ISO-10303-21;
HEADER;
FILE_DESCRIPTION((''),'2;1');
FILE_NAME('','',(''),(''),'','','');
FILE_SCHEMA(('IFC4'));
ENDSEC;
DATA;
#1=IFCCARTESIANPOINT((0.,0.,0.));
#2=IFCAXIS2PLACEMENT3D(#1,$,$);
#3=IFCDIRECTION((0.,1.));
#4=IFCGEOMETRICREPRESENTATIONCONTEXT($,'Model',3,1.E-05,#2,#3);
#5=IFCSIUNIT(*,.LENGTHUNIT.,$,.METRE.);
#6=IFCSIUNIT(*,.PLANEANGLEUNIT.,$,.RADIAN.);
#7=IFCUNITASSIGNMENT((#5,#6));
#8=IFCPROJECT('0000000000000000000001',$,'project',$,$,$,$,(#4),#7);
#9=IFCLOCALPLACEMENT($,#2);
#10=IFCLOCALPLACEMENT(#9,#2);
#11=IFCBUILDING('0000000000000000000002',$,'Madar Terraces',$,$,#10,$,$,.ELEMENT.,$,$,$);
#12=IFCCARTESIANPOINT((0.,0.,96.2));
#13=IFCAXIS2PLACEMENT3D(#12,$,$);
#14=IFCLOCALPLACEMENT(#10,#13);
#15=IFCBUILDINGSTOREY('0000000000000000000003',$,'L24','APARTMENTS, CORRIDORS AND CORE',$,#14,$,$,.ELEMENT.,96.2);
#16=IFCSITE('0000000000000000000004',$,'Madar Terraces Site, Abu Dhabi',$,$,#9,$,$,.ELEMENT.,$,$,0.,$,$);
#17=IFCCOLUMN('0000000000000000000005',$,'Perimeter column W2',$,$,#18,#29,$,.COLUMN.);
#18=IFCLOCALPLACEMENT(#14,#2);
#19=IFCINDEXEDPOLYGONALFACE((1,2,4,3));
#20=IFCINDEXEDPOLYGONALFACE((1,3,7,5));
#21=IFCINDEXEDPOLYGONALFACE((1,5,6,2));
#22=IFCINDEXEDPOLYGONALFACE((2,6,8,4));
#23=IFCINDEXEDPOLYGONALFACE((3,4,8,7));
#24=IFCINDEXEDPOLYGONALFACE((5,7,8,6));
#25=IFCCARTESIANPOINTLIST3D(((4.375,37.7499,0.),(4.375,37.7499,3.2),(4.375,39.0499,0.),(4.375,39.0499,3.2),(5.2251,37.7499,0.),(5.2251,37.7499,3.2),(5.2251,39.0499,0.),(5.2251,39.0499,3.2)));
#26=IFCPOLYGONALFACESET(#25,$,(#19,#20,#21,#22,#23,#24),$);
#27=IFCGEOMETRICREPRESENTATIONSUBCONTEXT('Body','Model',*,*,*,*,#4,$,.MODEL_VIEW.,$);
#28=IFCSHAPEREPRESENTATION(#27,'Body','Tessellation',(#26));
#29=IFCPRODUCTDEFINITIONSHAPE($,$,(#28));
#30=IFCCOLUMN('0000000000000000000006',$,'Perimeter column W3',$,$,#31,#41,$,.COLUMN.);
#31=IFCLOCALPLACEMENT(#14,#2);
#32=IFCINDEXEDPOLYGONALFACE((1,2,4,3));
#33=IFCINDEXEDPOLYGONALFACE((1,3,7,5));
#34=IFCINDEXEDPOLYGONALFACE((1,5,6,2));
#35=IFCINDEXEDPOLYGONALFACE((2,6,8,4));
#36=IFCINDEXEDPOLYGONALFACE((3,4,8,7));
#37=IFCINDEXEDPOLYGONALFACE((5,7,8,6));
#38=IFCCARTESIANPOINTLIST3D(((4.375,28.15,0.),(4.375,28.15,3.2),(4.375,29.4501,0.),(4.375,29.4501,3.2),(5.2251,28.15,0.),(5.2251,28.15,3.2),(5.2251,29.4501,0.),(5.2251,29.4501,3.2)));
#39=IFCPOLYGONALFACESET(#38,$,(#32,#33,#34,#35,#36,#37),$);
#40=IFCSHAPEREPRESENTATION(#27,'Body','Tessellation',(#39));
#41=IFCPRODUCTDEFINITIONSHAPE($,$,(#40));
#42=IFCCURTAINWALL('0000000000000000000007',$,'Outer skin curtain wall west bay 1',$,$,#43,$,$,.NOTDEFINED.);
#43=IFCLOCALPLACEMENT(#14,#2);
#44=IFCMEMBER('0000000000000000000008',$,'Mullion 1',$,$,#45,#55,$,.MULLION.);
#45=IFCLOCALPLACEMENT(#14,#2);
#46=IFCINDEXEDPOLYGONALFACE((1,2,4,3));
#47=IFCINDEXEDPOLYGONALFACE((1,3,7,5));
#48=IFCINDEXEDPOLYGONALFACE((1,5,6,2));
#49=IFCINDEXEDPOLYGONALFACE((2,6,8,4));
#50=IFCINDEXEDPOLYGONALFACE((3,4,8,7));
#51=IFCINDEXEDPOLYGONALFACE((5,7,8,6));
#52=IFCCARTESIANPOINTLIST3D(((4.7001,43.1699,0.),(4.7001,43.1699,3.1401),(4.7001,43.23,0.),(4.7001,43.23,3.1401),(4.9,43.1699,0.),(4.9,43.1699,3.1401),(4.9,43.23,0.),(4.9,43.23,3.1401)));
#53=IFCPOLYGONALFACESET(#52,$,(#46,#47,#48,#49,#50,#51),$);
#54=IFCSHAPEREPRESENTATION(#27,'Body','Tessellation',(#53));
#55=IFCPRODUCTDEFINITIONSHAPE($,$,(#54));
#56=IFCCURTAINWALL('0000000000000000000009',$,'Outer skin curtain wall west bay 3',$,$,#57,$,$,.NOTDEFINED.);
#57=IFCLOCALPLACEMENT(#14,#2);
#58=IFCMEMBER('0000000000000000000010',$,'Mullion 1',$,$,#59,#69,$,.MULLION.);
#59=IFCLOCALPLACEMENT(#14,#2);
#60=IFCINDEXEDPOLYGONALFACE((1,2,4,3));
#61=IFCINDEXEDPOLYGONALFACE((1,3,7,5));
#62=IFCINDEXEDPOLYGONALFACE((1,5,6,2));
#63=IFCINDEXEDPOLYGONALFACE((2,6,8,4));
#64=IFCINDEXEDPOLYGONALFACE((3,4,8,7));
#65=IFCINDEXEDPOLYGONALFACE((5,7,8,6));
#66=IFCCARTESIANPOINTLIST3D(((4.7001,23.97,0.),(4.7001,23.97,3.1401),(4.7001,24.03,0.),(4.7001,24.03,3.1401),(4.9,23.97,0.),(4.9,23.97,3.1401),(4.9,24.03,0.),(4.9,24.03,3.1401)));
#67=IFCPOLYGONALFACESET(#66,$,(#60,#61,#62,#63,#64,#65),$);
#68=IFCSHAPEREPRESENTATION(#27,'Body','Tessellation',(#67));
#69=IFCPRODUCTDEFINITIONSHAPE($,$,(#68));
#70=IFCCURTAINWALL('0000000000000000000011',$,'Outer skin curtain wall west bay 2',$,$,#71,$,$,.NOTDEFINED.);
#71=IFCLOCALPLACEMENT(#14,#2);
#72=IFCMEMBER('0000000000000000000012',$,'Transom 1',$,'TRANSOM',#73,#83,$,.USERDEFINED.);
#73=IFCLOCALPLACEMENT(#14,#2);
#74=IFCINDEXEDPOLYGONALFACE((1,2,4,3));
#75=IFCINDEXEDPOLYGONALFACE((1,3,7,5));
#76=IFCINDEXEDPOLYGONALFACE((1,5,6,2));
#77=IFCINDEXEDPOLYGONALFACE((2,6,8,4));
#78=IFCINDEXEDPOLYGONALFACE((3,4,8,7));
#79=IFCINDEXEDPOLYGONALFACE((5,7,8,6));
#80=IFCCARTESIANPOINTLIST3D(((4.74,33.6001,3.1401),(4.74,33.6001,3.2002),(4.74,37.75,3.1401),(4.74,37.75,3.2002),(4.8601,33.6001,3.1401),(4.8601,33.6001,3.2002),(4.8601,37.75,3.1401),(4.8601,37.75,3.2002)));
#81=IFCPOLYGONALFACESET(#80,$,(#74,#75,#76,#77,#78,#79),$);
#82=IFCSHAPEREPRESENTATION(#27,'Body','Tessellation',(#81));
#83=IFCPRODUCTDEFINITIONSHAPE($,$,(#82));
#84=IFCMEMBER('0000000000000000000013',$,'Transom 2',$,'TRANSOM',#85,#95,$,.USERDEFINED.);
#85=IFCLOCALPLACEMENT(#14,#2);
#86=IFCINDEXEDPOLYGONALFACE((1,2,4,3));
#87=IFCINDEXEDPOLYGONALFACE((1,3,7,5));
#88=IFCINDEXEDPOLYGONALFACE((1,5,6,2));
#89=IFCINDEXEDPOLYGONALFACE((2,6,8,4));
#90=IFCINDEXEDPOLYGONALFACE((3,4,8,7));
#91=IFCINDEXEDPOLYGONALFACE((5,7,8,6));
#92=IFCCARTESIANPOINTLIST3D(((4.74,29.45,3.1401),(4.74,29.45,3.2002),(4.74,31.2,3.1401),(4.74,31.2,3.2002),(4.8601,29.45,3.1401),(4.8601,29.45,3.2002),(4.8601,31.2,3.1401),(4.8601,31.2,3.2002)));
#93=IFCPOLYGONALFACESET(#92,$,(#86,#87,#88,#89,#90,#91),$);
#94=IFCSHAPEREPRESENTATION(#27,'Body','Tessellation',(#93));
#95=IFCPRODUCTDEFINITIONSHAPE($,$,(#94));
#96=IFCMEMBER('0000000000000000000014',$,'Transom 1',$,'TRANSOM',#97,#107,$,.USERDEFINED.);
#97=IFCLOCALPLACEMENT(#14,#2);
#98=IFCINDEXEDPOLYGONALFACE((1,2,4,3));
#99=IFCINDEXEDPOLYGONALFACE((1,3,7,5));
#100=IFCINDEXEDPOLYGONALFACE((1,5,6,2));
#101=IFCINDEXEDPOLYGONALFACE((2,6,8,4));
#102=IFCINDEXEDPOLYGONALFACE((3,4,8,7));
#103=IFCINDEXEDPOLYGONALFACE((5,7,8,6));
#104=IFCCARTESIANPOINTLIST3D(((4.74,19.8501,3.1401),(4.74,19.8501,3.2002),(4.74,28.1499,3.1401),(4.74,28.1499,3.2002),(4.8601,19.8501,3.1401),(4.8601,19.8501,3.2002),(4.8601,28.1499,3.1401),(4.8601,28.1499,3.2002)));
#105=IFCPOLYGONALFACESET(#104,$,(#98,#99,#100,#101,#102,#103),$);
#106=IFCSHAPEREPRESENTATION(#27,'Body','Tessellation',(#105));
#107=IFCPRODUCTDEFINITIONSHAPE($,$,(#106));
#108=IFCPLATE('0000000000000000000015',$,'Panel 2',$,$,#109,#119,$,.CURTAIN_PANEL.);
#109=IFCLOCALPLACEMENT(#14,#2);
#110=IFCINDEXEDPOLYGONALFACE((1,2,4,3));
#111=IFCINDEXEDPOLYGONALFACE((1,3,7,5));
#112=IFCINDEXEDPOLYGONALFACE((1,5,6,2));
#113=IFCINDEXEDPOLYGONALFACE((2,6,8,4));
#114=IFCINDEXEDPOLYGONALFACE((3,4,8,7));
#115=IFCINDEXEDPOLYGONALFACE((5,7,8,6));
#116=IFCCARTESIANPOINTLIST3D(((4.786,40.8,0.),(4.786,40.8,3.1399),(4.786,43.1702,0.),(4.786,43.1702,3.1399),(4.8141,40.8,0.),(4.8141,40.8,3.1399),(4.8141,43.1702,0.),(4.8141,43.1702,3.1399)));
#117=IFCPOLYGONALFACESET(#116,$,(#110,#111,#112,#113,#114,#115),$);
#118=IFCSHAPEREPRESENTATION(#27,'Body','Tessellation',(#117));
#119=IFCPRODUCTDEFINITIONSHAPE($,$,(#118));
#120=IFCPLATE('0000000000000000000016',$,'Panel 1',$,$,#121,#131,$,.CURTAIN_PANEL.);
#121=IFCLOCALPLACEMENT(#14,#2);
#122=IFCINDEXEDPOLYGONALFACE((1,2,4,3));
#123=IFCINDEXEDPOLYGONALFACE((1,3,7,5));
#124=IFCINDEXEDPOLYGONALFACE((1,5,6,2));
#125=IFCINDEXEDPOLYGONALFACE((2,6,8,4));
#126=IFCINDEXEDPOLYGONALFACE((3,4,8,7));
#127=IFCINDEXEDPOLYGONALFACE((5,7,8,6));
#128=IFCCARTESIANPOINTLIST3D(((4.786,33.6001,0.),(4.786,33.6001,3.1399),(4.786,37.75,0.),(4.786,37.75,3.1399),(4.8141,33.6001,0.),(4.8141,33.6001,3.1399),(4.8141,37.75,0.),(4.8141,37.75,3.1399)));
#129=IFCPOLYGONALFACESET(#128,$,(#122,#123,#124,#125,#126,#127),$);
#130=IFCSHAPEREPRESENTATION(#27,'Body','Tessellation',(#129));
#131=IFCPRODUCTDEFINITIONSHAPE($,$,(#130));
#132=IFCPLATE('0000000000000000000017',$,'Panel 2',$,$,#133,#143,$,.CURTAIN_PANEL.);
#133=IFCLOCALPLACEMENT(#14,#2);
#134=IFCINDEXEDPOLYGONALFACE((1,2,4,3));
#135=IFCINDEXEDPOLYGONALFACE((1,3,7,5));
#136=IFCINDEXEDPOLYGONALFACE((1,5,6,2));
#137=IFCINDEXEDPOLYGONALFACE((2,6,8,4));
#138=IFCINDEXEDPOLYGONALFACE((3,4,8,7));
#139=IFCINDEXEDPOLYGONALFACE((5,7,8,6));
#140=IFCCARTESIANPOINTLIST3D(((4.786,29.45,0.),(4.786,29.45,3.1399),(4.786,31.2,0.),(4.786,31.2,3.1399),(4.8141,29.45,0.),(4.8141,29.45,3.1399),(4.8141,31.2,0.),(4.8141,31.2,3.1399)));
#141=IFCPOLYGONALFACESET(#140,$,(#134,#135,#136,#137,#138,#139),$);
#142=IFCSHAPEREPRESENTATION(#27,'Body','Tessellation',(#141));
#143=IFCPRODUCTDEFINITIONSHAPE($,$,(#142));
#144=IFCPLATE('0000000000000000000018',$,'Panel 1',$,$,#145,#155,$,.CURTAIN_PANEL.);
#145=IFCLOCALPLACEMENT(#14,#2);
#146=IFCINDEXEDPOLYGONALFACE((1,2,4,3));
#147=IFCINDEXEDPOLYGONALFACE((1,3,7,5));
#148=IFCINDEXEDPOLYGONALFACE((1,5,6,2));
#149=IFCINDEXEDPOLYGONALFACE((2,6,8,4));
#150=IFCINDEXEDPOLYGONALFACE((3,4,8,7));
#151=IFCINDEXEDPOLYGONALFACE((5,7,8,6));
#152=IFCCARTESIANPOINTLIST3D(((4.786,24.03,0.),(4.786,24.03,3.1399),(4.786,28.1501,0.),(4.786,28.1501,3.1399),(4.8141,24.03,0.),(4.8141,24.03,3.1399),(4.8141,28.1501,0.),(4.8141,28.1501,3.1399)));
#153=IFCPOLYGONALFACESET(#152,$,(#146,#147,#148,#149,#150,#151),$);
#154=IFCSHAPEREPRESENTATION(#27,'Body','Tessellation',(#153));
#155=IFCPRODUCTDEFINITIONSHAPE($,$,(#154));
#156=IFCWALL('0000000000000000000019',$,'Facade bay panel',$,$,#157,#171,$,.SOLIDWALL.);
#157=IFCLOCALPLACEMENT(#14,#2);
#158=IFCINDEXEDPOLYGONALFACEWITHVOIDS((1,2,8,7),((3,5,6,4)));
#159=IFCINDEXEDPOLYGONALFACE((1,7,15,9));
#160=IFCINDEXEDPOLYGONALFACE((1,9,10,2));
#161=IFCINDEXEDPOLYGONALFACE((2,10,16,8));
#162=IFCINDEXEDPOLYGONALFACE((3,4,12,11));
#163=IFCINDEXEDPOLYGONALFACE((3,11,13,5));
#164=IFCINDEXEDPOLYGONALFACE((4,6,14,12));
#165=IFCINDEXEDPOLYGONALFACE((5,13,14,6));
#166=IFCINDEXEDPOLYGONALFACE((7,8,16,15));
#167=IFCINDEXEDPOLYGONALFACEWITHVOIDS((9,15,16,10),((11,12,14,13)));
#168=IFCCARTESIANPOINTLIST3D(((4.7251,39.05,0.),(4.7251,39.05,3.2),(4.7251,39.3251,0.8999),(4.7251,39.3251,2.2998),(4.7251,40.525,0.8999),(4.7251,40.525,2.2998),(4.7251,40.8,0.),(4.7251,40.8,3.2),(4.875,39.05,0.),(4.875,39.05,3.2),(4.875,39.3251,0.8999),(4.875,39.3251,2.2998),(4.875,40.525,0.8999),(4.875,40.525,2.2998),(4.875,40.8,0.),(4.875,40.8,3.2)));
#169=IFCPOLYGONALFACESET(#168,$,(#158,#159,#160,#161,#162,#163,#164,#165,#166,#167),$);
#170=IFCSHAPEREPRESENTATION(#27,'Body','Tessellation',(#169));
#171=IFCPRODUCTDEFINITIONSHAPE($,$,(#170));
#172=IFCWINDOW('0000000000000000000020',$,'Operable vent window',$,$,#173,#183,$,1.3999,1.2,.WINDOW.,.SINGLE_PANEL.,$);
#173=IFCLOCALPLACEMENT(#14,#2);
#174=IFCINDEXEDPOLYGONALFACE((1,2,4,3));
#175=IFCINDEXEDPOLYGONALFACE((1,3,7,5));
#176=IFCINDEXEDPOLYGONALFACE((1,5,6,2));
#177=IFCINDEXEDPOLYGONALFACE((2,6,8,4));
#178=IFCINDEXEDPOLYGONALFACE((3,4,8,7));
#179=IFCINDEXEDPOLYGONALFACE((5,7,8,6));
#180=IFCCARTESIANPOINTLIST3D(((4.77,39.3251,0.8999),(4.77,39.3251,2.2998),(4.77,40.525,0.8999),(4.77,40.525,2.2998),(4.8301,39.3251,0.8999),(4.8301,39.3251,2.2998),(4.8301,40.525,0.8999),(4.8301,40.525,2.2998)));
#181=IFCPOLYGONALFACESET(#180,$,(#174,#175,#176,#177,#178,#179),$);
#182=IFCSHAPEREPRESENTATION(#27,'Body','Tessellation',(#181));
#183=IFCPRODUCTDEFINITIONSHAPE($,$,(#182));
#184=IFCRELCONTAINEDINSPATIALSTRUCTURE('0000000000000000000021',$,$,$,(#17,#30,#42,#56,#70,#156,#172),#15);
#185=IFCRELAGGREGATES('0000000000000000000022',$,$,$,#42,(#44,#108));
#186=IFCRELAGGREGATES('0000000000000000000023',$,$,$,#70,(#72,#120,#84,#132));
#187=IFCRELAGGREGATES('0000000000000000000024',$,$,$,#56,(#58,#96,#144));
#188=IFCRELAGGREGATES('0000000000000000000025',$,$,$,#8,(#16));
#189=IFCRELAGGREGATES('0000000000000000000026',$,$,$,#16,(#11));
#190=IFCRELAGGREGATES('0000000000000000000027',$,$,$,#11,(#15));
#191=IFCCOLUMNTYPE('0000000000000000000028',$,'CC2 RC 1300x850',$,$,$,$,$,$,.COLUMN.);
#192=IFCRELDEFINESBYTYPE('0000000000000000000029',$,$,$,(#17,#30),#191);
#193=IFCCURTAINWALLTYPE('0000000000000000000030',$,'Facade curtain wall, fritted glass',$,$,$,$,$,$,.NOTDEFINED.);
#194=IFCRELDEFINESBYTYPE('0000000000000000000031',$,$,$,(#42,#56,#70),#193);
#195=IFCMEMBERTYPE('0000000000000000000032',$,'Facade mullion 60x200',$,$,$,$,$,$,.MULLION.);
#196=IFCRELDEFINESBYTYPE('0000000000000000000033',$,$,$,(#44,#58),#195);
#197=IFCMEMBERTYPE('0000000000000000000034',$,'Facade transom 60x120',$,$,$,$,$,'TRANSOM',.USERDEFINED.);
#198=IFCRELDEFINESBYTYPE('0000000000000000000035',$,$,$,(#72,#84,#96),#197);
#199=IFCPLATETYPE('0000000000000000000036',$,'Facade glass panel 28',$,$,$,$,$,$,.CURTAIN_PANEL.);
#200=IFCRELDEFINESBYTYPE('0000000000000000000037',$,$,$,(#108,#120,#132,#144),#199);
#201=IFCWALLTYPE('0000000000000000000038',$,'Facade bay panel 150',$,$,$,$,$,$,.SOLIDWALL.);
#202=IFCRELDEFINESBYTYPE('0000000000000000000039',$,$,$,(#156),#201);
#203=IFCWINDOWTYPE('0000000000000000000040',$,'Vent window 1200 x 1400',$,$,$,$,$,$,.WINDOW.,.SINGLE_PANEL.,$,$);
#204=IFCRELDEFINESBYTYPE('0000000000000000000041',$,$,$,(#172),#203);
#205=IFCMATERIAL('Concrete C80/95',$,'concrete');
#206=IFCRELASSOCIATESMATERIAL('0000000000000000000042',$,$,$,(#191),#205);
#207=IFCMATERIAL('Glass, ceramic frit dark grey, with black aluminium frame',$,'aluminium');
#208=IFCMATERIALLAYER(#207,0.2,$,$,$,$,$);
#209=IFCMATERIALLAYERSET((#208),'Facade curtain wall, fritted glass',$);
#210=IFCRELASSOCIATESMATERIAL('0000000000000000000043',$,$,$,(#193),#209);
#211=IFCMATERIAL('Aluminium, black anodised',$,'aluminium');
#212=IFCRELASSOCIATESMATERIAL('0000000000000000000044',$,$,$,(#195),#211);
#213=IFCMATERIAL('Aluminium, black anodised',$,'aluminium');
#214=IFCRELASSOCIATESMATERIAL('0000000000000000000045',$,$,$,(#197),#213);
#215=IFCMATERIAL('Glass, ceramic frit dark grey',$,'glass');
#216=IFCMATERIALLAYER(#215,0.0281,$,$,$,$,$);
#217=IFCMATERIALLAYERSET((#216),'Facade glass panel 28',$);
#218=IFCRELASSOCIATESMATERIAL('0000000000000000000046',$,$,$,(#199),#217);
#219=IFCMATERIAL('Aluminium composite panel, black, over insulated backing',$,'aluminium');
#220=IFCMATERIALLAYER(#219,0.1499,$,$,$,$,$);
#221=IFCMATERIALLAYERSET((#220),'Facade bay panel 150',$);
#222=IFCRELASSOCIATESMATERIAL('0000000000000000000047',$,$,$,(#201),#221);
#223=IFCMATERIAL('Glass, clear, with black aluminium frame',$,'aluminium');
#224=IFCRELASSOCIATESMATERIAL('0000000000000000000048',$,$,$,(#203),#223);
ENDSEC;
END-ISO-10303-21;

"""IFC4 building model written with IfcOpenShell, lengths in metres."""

from ifc_helpers import new_model, si_unit, direction, frame, frame_2d, origin, origin_2d, place, context, subcontext, project, spatial, rectangle, extrude, material, layer, layer_set, material_profile, profile_set, type_object, element, fill, aggregate, save


model = new_model("IFC4")

# Units and contexts
model_context = context("Model", 3, precision=1e-05, world=origin(), true_north=direction((0.0, 1.0)))
body_context = subcontext(model_context, "Body", "Model", "MODEL_VIEW")
ifc_project = project(units=[si_unit("LENGTHUNIT", "METRE"), si_unit("PLANEANGLEUNIT", "RADIAN")], contexts=[model_context])

# Site, building, storey
site_placement = place(None, origin())
site = spatial("IfcSite", under=ifc_project, at=site_placement, Name="Madar Terraces Site, Abu Dhabi", CompositionType="ELEMENT", RefElevation=0.0)
building_placement = place(site_placement, origin())
building = spatial("IfcBuilding", under=site, at=building_placement, Name="Madar Terraces", CompositionType="ELEMENT")
storey_placement = place(building_placement, frame((0.0, 0.0, 96.2)))
storey = spatial("IfcBuildingStorey", under=building, at=storey_placement, Name="L24", Description="APARTMENTS, CORRIDORS AND CORE", CompositionType="ELEMENT", Elevation=96.2)

# Columns
ifc_material_1 = material(Name="Concrete C80/95", Category="concrete")
ifc_material_profile_1 = material_profile(ifc_material_1, rectangle(XDim=1.3, YDim=0.8501, at=origin_2d()), Name="CC2 RC 1300x850")
ifc_profile_set_1 = profile_set([ifc_material_profile_1], Name="Concrete C80/95")
column_type = type_object("IfcColumnType", Name="CC2 RC 1300x850", PredefinedType="COLUMN", material=ifc_profile_set_1)
for number, where, z_axis, x_axis, name in (
    (1, (4.8, 38.3999, 0.0), (0.0, 0.0, 1.0), (0.0, 1.0, 0.0), "Perimeter column W2"),
    (2, (4.8, 28.8, 0.0), (0.0, 0.0, 1.0), (0.0, 1.0, 0.0), "Perimeter column W3"),
):
    element("IfcColumn", number, at=place(storey_placement, frame(where, z_axis=z_axis, x_axis=x_axis)), inside=storey, type_object=column_type, Name=name, PredefinedType="COLUMN", context=body_context, shape_type="SweptSolid", body=[
        extrude(rectangle(XDim=1.3, YDim=0.8501, at=origin_2d()), origin(), (0.0, 0.0, 1.0), 3.2),
    ])

# Curtain walls, members
ifc_material_2 = material(Name="Glass, ceramic frit dark grey, with black aluminium frame", Category="aluminium")
ifc_layer_1 = layer(ifc_material_2, 0.2)
ifc_layer_set_1 = layer_set([ifc_layer_1], Name="Facade curtain wall, fritted glass")
curtain_wall_type = type_object("IfcCurtainWallType", Name="Facade curtain wall, fritted glass", PredefinedType="NOTDEFINED", material=ifc_layer_set_1)
curtain_wall_1_placement = place(storey_placement, origin())
curtain_wall_1 = element("IfcCurtainWall", 3, at=curtain_wall_1_placement, inside=storey, type_object=curtain_wall_type, Name="Outer skin curtain wall west bay 1", PredefinedType="NOTDEFINED")
ifc_material_3 = material(Name="Aluminium, black anodised", Category="aluminium")
ifc_material_profile_2 = material_profile(ifc_material_3, rectangle(XDim=0.2, YDim=0.0601, at=origin_2d()), Name="Facade mullion 60x200")
ifc_profile_set_2 = profile_set([ifc_material_profile_2], Name="Aluminium, black anodised")
member_type_1 = type_object("IfcMemberType", Name="Facade mullion 60x200", PredefinedType="MULLION", material=ifc_profile_set_2)
member_1_placement = place(storey_placement, frame((4.8, 43.2, 0.0), z_axis=(0.0, 0.0, 1.0), x_axis=(1.0, 0.0, 0.0)))
member_1 = element("IfcMember", 4, at=member_1_placement, type_object=member_type_1, Name="Mullion 1", PredefinedType="MULLION", context=body_context, shape_type="SweptSolid", body=[
    extrude(rectangle(XDim=0.2, YDim=0.0601, at=origin_2d()), origin(), (0.0, 0.0, 1.0), 3.1401),
])
curtain_wall_2_placement = place(storey_placement, origin())
curtain_wall_2 = element("IfcCurtainWall", 5, at=curtain_wall_2_placement, inside=storey, type_object=curtain_wall_type, Name="Outer skin curtain wall west bay 3", PredefinedType="NOTDEFINED")
member_2_placement = place(storey_placement, frame((4.8, 24.0, 0.0), z_axis=(0.0, 0.0, 1.0), x_axis=(1.0, 0.0, 0.0)))
member_2 = element("IfcMember", 6, at=member_2_placement, type_object=member_type_1, Name="Mullion 1", PredefinedType="MULLION", context=body_context, shape_type="SweptSolid", body=[
    extrude(rectangle(XDim=0.2, YDim=0.0601, at=origin_2d()), origin(), (0.0, 0.0, 1.0), 3.1401),
])

# Curtain wall, members
curtain_wall_3_placement = place(storey_placement, origin())
curtain_wall_3 = element("IfcCurtainWall", 7, at=curtain_wall_3_placement, inside=storey, type_object=curtain_wall_type, Name="Outer skin curtain wall west bay 2", PredefinedType="NOTDEFINED")
ifc_material_4 = material(Name="Aluminium, black anodised", Category="aluminium")
ifc_material_profile_3 = material_profile(ifc_material_4, rectangle(XDim=0.1201, YDim=0.0601, at=origin_2d()), Name="Facade transom 60x120")
ifc_profile_set_3 = profile_set([ifc_material_profile_3], Name="Aluminium, black anodised")
member_type_2 = type_object("IfcMemberType", Name="Facade transom 60x120", ElementType="TRANSOM", PredefinedType="USERDEFINED", material=ifc_profile_set_3)
member_3_placement = place(storey_placement, frame((4.8, 37.75, 3.1702), z_axis=(0.0, -1.0, 0.0), x_axis=(1.0, 0.0, 0.0)))
member_3 = element("IfcMember", 8, at=member_3_placement, type_object=member_type_2, Name="Transom 1", ObjectType="TRANSOM", PredefinedType="USERDEFINED", context=body_context, shape_type="SweptSolid", body=[
    extrude(rectangle(XDim=0.1201, YDim=0.0601, at=origin_2d()), origin(), (0.0, 0.0, 1.0), 4.1499),
])
member_4_placement = place(storey_placement, frame((4.8, 31.2, 3.1702), z_axis=(0.0, -1.0, 0.0), x_axis=(1.0, 0.0, 0.0)))
member_4 = element("IfcMember", 9, at=member_4_placement, type_object=member_type_2, Name="Transom 2", ObjectType="TRANSOM", PredefinedType="USERDEFINED", context=body_context, shape_type="SweptSolid", body=[
    extrude(rectangle(XDim=0.1201, YDim=0.0601, at=origin_2d()), origin(), (0.0, 0.0, 1.0), 1.75),
])

# Member
member_5_placement = place(storey_placement, frame((4.8, 28.1499, 3.1702), z_axis=(0.0, -1.0, 0.0), x_axis=(1.0, 0.0, 0.0)))
member_5 = element("IfcMember", 10, at=member_5_placement, type_object=member_type_2, Name="Transom 1", ObjectType="TRANSOM", PredefinedType="USERDEFINED", context=body_context, shape_type="SweptSolid", body=[
    extrude(rectangle(XDim=0.1201, YDim=0.0601, at=origin_2d()), origin(), (0.0, 0.0, 1.0), 8.2998),
])

# Plates
ifc_material_5 = material(Name="Glass, ceramic frit dark grey", Category="glass")
ifc_layer_2 = layer(ifc_material_5, 0.0281)
ifc_layer_set_2 = layer_set([ifc_layer_2], Name="Facade glass panel 28")
plate_type = type_object("IfcPlateType", Name="Facade glass panel 28", PredefinedType="CURTAIN_PANEL", material=ifc_layer_set_2)
plate_1_placement = place(storey_placement, frame((4.8, 41.9851, 0.0), z_axis=(0.0, 0.0, 1.0), x_axis=(0.0, -1.0, 0.0)))
plate_1 = element("IfcPlate", 11, at=plate_1_placement, type_object=plate_type, Name="Panel 2", PredefinedType="CURTAIN_PANEL", context=body_context, shape_type="SweptSolid", body=[
    extrude(rectangle(XDim=2.3701, YDim=0.0281, at=origin_2d()), origin(), (0.0, 0.0, 1.0), 3.1399),
])
aggregate(curtain_wall_1, [member_1, plate_1])
plate_2_placement = place(storey_placement, frame((4.8, 35.675, 0.0), z_axis=(0.0, 0.0, 1.0), x_axis=(0.0, -1.0, 0.0)))
plate_2 = element("IfcPlate", 12, at=plate_2_placement, type_object=plate_type, Name="Panel 1", PredefinedType="CURTAIN_PANEL", context=body_context, shape_type="SweptSolid", body=[
    extrude(rectangle(XDim=4.1499, YDim=0.0281, at=origin_2d()), origin(), (0.0, 0.0, 1.0), 3.1399),
])
plate_3_placement = place(storey_placement, frame((4.8, 30.325, 0.0), z_axis=(0.0, 0.0, 1.0), x_axis=(0.0, -1.0, 0.0)))
plate_3 = element("IfcPlate", 13, at=plate_3_placement, type_object=plate_type, Name="Panel 2", PredefinedType="CURTAIN_PANEL", context=body_context, shape_type="SweptSolid", body=[
    extrude(rectangle(XDim=1.75, YDim=0.0281, at=origin_2d()), origin(), (0.0, 0.0, 1.0), 3.1399),
])
aggregate(curtain_wall_3, [member_3, plate_2, member_4, plate_3])
plate_4_placement = place(storey_placement, frame((4.8, 26.0901, 0.0), z_axis=(0.0, 0.0, 1.0), x_axis=(0.0, -1.0, 0.0)))
plate_4 = element("IfcPlate", 14, at=plate_4_placement, type_object=plate_type, Name="Panel 1", PredefinedType="CURTAIN_PANEL", context=body_context, shape_type="SweptSolid", body=[
    extrude(rectangle(XDim=4.1201, YDim=0.0281, at=origin_2d()), origin(), (0.0, 0.0, 1.0), 3.1399),
])
aggregate(curtain_wall_2, [member_2, member_5, plate_4])

# Wall, opening, window
ifc_material_6 = material(Name="Aluminium composite panel, black, over insulated backing", Category="aluminium")
ifc_layer_3 = layer(ifc_material_6, 0.1499)
ifc_layer_set_3 = layer_set([ifc_layer_3], Name="Facade bay panel 150")
wall_type_1 = type_object("IfcWallType", Name="Facade bay panel 150", PredefinedType="SOLIDWALL", material=ifc_layer_set_3)
wall_1_placement = place(storey_placement, frame((4.8, 40.8, 0.0), z_axis=(0.0, 0.0, 1.0), x_axis=(0.0, -1.0, 0.0)))
wall_1 = element("IfcWall", 15, at=wall_1_placement, inside=storey, type_object=wall_type_1, Name="Facade bay panel", PredefinedType="SOLIDWALL", context=body_context, shape_type="SweptSolid", body=[
    extrude(rectangle(XDim=1.75, YDim=0.1499, at=frame_2d((0.875, 0.0))), origin(), (0.0, 0.0, 1.0), 3.2),
])
opening_1_placement = place(wall_1_placement, frame((0.2749, 0.0, 0.8999)))
opening_1 = element("IfcOpeningElement", 16, at=opening_1_placement, cuts=wall_1, PredefinedType="OPENING", context=body_context, shape_type="SweptSolid", body=[
    extrude(rectangle(XDim=1.2, YDim=1.3999, at=frame_2d((0.6001, 0.7))), frame((0.0, 0.085, 0.0), z_axis=(0.0, -1.0, 0.0), x_axis=(1.0, 0.0, 0.0)), (0.0, 0.0, 1.0), 0.1699),
])
ifc_material_7 = material(Name="Glass, clear, with black aluminium frame", Category="aluminium")
window_type = type_object("IfcWindowType", Name="Vent window 1200 x 1400", PartitioningType="SINGLE_PANEL", PredefinedType="WINDOW", material=ifc_material_7)
window_placement = place(opening_1_placement, origin())
window = element("IfcWindow", 17, at=window_placement, inside=storey, type_object=window_type, Name="Operable vent window", OverallHeight=1.3999, OverallWidth=1.2, PartitioningType="SINGLE_PANEL", PredefinedType="WINDOW", context=body_context, shape_type="SweptSolid", body=[
    extrude(rectangle(XDim=1.2, YDim=1.3999, at=frame_2d((0.6001, 0.7))), frame((0.0, 0.03, 0.0), z_axis=(0.0, -1.0, 0.0), x_axis=(1.0, 0.0, 0.0)), (0.0, 0.0, 1.0), 0.0601),
])
fill(opening_1, window)

save(model, "model.ifc")
